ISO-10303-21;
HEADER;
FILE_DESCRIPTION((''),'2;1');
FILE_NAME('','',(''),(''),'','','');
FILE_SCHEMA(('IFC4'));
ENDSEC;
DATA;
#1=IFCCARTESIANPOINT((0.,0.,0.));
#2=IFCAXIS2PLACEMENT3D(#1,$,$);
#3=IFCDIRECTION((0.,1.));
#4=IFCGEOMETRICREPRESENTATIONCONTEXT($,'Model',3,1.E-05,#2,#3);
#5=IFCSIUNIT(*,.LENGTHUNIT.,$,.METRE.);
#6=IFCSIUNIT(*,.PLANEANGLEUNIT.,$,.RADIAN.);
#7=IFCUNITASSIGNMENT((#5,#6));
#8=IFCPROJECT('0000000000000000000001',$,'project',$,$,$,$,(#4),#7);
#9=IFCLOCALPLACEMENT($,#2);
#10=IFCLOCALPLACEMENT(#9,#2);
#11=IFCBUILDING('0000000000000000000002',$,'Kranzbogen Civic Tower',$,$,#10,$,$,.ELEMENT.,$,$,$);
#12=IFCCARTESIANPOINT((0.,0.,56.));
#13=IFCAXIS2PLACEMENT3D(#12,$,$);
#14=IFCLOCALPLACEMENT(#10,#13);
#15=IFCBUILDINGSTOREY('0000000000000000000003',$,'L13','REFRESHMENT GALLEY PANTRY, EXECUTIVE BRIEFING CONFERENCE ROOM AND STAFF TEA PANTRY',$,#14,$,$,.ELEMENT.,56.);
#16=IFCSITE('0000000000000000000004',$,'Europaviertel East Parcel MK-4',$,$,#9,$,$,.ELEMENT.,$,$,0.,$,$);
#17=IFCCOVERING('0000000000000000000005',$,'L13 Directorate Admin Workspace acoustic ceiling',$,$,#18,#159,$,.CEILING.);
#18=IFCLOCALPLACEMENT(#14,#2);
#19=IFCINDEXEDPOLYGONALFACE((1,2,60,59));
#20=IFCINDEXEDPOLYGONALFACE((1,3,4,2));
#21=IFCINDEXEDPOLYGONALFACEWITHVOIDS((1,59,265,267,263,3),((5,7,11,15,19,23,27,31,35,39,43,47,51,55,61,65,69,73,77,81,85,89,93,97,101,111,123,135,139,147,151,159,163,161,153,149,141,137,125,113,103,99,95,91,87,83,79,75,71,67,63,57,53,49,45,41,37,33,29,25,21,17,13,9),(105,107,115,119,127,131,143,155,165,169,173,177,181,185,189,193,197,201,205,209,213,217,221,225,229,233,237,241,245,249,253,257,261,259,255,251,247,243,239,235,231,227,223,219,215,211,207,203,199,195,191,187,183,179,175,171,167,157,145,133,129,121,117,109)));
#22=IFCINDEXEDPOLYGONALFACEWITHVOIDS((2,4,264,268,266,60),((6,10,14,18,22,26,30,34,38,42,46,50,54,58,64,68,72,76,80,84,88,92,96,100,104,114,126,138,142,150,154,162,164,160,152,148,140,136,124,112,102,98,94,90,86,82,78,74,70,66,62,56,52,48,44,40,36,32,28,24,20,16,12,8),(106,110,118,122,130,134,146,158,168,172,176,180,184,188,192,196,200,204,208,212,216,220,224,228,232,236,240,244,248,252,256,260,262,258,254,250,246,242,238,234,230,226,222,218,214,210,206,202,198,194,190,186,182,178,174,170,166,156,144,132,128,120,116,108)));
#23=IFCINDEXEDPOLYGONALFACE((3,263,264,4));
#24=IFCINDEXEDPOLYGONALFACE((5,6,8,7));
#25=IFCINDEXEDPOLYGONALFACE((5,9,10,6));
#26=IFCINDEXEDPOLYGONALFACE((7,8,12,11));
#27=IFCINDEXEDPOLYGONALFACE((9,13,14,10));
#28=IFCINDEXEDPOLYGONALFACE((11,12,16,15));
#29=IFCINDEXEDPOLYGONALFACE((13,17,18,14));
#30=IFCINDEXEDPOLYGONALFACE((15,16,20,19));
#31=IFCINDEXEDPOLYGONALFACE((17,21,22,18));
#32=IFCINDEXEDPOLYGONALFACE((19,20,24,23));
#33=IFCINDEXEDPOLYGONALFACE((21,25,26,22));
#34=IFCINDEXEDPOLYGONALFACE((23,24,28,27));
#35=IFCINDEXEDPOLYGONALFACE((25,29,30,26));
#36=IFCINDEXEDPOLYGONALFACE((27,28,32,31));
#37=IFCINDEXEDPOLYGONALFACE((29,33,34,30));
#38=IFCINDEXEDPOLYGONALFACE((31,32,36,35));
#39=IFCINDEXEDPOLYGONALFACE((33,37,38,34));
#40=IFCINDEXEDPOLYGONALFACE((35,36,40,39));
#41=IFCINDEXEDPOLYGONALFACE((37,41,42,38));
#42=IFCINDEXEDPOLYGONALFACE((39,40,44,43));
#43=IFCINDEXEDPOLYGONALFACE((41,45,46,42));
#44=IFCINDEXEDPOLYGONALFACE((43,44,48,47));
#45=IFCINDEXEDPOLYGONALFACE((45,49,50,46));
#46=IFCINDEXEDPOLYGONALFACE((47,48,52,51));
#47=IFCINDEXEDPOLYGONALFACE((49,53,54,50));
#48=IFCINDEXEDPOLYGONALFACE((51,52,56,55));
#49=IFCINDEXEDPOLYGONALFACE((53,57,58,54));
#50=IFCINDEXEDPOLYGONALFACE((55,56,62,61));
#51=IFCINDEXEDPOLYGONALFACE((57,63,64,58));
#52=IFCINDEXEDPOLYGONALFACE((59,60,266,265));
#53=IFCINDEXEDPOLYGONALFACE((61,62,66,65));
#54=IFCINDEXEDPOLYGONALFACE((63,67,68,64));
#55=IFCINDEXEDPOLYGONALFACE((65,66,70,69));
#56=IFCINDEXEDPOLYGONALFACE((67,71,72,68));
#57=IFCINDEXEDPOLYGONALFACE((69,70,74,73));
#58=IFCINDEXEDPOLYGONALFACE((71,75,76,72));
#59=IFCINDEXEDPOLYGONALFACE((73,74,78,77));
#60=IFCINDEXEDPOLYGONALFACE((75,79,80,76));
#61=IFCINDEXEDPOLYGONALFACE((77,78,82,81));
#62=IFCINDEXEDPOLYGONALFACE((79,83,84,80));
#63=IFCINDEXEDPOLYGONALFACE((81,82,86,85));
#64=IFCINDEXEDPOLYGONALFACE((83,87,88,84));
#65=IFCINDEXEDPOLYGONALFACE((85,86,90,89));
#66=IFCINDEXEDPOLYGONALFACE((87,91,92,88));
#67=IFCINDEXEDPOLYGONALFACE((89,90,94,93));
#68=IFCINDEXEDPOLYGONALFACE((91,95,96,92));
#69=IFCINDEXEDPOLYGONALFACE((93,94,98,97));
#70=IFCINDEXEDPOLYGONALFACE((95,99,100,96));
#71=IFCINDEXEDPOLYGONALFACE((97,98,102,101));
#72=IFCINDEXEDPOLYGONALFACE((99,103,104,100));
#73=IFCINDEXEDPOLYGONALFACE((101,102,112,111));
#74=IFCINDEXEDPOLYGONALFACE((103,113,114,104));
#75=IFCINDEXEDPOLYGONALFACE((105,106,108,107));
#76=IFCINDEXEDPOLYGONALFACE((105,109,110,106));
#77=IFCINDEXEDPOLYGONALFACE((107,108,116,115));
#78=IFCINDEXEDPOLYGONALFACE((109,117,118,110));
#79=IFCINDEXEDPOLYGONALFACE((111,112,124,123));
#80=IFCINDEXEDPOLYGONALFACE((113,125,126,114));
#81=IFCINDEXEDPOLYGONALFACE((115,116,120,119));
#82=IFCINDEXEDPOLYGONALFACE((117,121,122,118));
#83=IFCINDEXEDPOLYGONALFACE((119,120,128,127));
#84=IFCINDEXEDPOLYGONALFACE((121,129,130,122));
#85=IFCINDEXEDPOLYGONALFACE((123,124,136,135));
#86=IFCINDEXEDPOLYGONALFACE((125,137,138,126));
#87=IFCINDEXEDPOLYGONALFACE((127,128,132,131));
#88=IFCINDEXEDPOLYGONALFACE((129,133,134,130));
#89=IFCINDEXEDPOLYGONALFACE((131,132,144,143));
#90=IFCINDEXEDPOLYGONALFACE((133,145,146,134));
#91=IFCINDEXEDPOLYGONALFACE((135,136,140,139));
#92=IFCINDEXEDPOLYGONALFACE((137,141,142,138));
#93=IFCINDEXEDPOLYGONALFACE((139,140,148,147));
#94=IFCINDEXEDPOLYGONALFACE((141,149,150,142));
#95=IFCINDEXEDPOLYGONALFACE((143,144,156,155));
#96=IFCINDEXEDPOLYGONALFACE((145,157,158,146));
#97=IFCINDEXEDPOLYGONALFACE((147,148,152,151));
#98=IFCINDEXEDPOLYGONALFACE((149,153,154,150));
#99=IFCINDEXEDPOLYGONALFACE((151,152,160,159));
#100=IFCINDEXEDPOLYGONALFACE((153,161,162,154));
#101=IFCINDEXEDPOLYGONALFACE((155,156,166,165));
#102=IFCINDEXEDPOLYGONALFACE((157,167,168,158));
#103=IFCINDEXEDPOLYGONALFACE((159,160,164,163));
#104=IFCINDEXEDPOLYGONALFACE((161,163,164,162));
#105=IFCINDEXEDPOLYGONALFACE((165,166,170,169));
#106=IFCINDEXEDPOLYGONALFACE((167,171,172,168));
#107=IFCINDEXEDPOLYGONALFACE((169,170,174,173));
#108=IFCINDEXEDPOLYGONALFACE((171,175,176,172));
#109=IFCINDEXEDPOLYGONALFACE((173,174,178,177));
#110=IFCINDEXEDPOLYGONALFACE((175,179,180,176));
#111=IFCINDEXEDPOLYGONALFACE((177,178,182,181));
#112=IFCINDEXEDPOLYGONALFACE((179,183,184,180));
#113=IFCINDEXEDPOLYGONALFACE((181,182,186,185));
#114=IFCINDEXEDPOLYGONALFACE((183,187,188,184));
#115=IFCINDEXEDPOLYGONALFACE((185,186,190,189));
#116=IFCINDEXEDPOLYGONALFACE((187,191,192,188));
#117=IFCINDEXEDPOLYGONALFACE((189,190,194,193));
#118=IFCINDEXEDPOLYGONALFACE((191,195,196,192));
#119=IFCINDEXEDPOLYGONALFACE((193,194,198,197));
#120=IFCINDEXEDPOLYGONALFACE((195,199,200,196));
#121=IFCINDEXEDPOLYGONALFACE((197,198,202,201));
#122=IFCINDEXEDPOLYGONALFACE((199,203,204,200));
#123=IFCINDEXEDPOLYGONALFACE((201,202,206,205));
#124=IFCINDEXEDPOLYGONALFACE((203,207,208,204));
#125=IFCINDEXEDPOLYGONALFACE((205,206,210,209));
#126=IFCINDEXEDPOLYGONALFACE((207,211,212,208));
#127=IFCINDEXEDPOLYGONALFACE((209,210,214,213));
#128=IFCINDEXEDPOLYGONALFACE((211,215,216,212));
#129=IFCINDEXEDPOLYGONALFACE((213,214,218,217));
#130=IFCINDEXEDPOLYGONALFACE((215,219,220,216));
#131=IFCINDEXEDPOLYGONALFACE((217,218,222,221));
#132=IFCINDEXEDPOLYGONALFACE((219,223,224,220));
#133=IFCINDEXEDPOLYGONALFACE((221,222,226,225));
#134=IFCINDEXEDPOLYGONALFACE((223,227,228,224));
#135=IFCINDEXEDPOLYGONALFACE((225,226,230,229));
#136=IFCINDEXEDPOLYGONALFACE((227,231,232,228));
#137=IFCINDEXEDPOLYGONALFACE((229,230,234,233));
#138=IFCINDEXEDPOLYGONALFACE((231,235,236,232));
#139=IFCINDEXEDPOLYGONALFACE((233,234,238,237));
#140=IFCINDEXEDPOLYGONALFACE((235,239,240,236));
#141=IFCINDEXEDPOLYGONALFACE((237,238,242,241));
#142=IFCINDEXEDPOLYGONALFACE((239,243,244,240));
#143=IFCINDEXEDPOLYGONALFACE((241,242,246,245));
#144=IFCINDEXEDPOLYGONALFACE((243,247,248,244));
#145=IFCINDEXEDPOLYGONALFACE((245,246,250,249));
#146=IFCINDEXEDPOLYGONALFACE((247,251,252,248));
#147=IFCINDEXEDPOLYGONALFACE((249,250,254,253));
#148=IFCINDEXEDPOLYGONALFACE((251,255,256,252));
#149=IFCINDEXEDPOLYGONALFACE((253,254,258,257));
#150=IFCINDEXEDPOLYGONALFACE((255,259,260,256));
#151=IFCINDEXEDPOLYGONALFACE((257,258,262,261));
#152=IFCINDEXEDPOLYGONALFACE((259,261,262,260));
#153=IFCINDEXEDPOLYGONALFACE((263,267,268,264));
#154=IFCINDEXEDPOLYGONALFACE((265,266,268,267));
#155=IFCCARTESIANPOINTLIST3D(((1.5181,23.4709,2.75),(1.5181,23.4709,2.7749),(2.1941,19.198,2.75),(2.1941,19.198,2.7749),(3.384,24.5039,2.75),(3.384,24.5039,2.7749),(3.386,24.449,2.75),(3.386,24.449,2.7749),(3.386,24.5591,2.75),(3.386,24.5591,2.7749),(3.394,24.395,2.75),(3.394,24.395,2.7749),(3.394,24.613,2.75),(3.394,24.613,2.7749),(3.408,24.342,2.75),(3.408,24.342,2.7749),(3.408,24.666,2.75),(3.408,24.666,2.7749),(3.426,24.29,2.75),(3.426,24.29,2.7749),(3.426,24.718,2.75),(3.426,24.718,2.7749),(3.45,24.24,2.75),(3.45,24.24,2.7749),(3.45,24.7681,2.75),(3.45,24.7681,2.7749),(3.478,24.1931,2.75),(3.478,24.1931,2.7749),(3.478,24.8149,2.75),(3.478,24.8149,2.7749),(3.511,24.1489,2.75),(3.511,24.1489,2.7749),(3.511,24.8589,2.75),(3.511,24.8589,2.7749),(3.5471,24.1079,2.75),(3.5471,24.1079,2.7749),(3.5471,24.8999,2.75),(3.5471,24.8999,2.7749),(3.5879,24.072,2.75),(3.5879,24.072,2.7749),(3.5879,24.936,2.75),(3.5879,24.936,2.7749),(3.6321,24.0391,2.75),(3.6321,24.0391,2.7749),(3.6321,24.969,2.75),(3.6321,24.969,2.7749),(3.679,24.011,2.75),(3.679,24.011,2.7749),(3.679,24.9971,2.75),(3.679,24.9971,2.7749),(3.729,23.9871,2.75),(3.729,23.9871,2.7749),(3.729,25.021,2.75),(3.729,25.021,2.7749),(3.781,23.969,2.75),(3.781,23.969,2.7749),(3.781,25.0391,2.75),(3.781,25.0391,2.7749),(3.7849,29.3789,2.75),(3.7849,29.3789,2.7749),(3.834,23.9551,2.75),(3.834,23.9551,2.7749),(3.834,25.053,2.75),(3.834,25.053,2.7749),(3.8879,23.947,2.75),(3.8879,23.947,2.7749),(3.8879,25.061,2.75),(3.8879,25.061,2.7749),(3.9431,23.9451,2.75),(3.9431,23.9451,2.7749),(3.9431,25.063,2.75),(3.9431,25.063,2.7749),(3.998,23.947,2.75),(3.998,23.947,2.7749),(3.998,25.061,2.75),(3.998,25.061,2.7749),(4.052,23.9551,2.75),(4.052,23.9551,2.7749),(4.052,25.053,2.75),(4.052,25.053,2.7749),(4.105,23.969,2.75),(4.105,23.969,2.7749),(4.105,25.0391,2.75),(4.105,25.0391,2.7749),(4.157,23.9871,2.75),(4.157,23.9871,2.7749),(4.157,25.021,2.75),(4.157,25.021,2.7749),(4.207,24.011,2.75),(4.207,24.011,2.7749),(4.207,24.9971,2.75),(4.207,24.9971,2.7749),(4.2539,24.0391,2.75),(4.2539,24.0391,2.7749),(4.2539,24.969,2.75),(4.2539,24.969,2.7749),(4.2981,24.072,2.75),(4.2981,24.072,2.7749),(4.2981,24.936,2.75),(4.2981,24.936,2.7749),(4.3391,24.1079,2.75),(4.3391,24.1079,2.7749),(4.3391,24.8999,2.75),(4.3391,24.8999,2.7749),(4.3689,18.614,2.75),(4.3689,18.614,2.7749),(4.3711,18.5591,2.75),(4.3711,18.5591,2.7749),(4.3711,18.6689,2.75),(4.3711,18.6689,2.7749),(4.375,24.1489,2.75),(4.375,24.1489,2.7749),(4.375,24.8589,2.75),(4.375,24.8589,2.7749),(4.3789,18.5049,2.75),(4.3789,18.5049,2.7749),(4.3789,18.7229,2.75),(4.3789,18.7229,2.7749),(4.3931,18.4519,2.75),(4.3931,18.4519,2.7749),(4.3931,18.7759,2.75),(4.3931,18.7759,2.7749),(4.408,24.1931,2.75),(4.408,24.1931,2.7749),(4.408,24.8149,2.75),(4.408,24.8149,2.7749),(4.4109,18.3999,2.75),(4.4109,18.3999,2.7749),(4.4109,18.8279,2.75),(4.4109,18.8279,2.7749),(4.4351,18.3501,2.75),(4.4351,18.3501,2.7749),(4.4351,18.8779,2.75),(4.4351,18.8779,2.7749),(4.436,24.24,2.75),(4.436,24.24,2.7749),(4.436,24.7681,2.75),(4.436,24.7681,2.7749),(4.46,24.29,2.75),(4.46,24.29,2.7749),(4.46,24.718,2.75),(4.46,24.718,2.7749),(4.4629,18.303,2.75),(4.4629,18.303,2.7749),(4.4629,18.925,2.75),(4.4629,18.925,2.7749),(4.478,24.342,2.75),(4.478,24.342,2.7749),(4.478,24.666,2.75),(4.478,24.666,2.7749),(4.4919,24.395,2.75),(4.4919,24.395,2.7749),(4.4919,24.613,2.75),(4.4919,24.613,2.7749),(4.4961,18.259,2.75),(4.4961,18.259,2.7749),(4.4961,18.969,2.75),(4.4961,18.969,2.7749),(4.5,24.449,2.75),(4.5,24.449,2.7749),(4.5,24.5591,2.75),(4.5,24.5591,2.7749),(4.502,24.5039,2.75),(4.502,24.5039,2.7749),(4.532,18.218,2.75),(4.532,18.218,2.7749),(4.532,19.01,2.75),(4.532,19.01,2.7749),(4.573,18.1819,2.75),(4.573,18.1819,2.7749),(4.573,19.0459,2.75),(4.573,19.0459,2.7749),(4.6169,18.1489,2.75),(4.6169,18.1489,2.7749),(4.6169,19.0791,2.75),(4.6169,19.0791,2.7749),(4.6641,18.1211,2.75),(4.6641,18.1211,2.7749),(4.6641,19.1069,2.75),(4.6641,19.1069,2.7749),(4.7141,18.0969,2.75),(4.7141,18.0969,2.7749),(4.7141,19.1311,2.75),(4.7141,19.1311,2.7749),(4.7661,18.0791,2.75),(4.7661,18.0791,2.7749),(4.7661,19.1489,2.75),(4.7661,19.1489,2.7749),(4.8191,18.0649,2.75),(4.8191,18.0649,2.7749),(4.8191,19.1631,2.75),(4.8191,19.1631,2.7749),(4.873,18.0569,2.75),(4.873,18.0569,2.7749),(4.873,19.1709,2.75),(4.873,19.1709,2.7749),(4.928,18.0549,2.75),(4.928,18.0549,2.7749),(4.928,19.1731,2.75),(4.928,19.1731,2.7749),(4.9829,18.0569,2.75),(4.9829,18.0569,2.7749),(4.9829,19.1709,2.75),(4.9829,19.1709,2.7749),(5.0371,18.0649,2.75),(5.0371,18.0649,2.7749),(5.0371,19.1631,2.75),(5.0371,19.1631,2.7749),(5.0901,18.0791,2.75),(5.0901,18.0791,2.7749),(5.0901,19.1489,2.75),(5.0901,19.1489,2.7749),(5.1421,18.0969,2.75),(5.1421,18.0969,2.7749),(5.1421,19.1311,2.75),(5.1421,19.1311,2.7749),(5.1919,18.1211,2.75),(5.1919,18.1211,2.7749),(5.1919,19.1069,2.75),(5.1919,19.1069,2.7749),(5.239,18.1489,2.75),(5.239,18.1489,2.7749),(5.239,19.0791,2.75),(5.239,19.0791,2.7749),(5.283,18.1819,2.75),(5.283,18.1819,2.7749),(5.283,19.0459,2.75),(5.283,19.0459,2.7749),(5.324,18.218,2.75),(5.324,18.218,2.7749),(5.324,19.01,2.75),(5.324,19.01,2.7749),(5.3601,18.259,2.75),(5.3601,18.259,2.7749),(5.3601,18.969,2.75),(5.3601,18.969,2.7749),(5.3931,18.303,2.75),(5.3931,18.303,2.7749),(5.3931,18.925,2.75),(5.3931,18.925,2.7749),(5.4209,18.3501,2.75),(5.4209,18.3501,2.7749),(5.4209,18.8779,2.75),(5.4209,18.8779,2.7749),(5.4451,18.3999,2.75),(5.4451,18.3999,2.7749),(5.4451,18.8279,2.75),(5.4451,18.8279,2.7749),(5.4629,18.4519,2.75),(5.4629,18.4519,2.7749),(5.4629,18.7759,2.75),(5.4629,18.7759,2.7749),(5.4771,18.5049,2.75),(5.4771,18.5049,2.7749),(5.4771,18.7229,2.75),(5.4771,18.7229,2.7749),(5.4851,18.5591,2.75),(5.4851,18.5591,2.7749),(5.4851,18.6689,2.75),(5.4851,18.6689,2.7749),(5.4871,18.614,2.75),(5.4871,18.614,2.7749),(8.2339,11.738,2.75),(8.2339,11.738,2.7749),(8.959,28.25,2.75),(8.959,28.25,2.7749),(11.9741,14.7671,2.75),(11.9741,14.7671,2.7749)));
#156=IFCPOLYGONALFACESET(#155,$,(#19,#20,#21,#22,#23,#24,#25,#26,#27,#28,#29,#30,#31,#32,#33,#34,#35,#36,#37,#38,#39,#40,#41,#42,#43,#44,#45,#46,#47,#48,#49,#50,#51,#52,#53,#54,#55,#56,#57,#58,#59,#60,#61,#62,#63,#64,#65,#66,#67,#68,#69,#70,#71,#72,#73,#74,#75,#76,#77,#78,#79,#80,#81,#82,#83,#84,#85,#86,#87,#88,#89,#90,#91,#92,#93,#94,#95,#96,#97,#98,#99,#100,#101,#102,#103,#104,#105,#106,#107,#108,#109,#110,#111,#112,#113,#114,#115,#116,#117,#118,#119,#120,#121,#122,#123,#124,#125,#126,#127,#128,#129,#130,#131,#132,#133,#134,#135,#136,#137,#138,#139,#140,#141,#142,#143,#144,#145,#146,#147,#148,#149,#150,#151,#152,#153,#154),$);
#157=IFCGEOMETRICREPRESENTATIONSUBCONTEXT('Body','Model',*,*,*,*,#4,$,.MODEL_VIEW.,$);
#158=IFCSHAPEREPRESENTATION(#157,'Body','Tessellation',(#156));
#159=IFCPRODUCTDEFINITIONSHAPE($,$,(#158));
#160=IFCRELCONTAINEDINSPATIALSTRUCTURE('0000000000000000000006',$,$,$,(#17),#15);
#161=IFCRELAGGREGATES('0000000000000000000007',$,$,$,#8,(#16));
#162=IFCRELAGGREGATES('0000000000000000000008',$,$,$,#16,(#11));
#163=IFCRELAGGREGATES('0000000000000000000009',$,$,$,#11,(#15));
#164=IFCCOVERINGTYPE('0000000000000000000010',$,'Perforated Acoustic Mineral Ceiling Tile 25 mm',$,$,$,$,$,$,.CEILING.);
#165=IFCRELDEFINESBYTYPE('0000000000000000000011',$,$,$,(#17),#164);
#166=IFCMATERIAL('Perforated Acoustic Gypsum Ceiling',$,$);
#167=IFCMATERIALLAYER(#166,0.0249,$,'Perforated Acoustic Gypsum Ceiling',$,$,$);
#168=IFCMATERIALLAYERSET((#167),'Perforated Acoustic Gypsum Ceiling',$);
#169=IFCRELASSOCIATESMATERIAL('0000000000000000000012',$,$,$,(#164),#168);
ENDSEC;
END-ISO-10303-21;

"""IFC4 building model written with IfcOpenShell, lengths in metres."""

from ifc_helpers import new_model, si_unit, direction, frame, origin, place, context, subcontext, project, spatial, polyline, outline, extrude, material, layer, layer_set, type_object, element, save


model = new_model("IFC4")

# Units and contexts
model_context = context("Model", 3, precision=1e-05, world=origin(), true_north=direction((0.0, 1.0)))
body_context = subcontext(model_context, "Body", "Model", "MODEL_VIEW")
ifc_project = project(units=[si_unit("LENGTHUNIT", "METRE"), si_unit("PLANEANGLEUNIT", "RADIAN")], contexts=[model_context])

# Site, building, storey
site_placement = place(None, origin())
site = spatial("IfcSite", under=ifc_project, at=site_placement, Name="Europaviertel East Parcel MK-4", CompositionType="ELEMENT", RefElevation=0.0)
building_placement = place(site_placement, origin())
building = spatial("IfcBuilding", under=site, at=building_placement, Name="Kranzbogen Civic Tower", CompositionType="ELEMENT")
storey_placement = place(building_placement, frame((0.0, 0.0, 56.0)))
storey = spatial("IfcBuildingStorey", under=building, at=storey_placement, Name="L13", Description="REFRESHMENT GALLEY PANTRY, EXECUTIVE BRIEFING CONFERENCE ROOM AND STAFF TEA PANTRY", CompositionType="ELEMENT", Elevation=56.0)

# Covering
ifc_material_1 = material(Name="Perforated Acoustic Gypsum Ceiling")
ifc_layer_1 = layer(ifc_material_1, 0.0249, Name="Perforated Acoustic Gypsum Ceiling")
ifc_layer_set_1 = layer_set([ifc_layer_1], Name="Perforated Acoustic Gypsum Ceiling")
covering_type_1 = type_object("IfcCoveringType", Name="Perforated Acoustic Mineral Ceiling Tile 25 mm", PredefinedType="CEILING", material=ifc_layer_set_1)
covering_1_placement = place(storey_placement, frame((0.0, 0.0, 2.75)))
element("IfcCovering", 1, at=covering_1_placement, inside=storey, type_object=covering_type_1, Name="L13 Directorate Admin Workspace acoustic ceiling", PredefinedType="CEILING", context=body_context, shape_type="SweptSolid", body=[
    extrude(outline(polyline([(3.7849, 29.3789), (8.959, 28.25), (11.9741, 14.7671), (8.2339, 11.738), (2.1941, 19.198), (1.5181, 23.4709), (3.7849, 29.3789)]), holes=[polyline([(5.4451, 18.3999), (5.4209, 18.3501), (5.3931, 18.303), (5.3601, 18.259), (5.324, 18.218), (5.283, 18.1819), (5.239, 18.1489), (5.1919, 18.1211), (5.1421, 18.0969), (5.0901, 18.0791), (5.0371, 18.0649), (4.9829, 18.0569), (4.928, 18.0549), (4.873, 18.0569), (4.8191, 18.0649), (4.7661, 18.0791), (4.7141, 18.0969), (4.6641, 18.1211), (4.6169, 18.1489), (4.573, 18.1819), (4.532, 18.218), (4.4961, 18.259), (4.4629, 18.303), (4.4351, 18.3501), (4.4109, 18.3999), (4.3931, 18.4519), (4.3789, 18.5049), (4.3711, 18.5591), (4.3689, 18.614), (4.3711, 18.6689), (4.3789, 18.7229), (4.3931, 18.7759), (4.4109, 18.8279), (4.4351, 18.8779), (4.4629, 18.925), (4.4961, 18.969), (4.532, 19.01), (4.573, 19.0459), (4.6169, 19.0791), (4.6641, 19.1069), (4.7141, 19.1311), (4.7661, 19.1489), (4.8191, 19.1631), (4.873, 19.1709), (4.928, 19.1731), (4.9829, 19.1709), (5.0371, 19.1631), (5.0901, 19.1489), (5.1421, 19.1311), (5.1919, 19.1069), (5.239, 19.0791), (5.283, 19.0459), (5.324, 19.01), (5.3601, 18.969), (5.3931, 18.925), (5.4209, 18.8779), (5.4451, 18.8279), (5.4629, 18.7759), (5.4771, 18.7229), (5.4851, 18.6689), (5.4871, 18.614), (5.4851, 18.5591), (5.4771, 18.5049), (5.4629, 18.4519), (5.4451, 18.3999)]), polyline([(4.46, 24.29), (4.436, 24.24), (4.408, 24.1931), (4.375, 24.1489), (4.3391, 24.1079), (4.2981, 24.072), (4.2539, 24.0391), (4.207, 24.011), (4.157, 23.9871), (4.105, 23.969), (4.052, 23.9551), (3.998, 23.947), (3.9431, 23.9451), (3.8879, 23.947), (3.834, 23.9551), (3.781, 23.969), (3.729, 23.9871), (3.679, 24.011), (3.6321, 24.0391), (3.5879, 24.072), (3.5471, 24.1079), (3.511, 24.1489), (3.478, 24.1931), (3.45, 24.24), (3.426, 24.29), (3.408, 24.342), (3.394, 24.395), (3.386, 24.449), (3.384, 24.5039), (3.386, 24.5591), (3.394, 24.613), (3.408, 24.666), (3.426, 24.718), (3.45, 24.7681), (3.478, 24.8149), (3.511, 24.8589), (3.5471, 24.8999), (3.5879, 24.936), (3.6321, 24.969), (3.679, 24.9971), (3.729, 25.021), (3.781, 25.0391), (3.834, 25.053), (3.8879, 25.061), (3.9431, 25.063), (3.998, 25.061), (4.052, 25.053), (4.105, 25.0391), (4.157, 25.021), (4.207, 24.9971), (4.2539, 24.969), (4.2981, 24.936), (4.3391, 24.8999), (4.375, 24.8589), (4.408, 24.8149), (4.436, 24.7681), (4.46, 24.718), (4.478, 24.666), (4.4919, 24.613), (4.5, 24.5591), (4.502, 24.5039), (4.5, 24.449), (4.4919, 24.395), (4.478, 24.342), (4.46, 24.29)])]), origin(), (0.0, 0.0, 1.0), 0.0249),
])

save(model, "model.ifc")
